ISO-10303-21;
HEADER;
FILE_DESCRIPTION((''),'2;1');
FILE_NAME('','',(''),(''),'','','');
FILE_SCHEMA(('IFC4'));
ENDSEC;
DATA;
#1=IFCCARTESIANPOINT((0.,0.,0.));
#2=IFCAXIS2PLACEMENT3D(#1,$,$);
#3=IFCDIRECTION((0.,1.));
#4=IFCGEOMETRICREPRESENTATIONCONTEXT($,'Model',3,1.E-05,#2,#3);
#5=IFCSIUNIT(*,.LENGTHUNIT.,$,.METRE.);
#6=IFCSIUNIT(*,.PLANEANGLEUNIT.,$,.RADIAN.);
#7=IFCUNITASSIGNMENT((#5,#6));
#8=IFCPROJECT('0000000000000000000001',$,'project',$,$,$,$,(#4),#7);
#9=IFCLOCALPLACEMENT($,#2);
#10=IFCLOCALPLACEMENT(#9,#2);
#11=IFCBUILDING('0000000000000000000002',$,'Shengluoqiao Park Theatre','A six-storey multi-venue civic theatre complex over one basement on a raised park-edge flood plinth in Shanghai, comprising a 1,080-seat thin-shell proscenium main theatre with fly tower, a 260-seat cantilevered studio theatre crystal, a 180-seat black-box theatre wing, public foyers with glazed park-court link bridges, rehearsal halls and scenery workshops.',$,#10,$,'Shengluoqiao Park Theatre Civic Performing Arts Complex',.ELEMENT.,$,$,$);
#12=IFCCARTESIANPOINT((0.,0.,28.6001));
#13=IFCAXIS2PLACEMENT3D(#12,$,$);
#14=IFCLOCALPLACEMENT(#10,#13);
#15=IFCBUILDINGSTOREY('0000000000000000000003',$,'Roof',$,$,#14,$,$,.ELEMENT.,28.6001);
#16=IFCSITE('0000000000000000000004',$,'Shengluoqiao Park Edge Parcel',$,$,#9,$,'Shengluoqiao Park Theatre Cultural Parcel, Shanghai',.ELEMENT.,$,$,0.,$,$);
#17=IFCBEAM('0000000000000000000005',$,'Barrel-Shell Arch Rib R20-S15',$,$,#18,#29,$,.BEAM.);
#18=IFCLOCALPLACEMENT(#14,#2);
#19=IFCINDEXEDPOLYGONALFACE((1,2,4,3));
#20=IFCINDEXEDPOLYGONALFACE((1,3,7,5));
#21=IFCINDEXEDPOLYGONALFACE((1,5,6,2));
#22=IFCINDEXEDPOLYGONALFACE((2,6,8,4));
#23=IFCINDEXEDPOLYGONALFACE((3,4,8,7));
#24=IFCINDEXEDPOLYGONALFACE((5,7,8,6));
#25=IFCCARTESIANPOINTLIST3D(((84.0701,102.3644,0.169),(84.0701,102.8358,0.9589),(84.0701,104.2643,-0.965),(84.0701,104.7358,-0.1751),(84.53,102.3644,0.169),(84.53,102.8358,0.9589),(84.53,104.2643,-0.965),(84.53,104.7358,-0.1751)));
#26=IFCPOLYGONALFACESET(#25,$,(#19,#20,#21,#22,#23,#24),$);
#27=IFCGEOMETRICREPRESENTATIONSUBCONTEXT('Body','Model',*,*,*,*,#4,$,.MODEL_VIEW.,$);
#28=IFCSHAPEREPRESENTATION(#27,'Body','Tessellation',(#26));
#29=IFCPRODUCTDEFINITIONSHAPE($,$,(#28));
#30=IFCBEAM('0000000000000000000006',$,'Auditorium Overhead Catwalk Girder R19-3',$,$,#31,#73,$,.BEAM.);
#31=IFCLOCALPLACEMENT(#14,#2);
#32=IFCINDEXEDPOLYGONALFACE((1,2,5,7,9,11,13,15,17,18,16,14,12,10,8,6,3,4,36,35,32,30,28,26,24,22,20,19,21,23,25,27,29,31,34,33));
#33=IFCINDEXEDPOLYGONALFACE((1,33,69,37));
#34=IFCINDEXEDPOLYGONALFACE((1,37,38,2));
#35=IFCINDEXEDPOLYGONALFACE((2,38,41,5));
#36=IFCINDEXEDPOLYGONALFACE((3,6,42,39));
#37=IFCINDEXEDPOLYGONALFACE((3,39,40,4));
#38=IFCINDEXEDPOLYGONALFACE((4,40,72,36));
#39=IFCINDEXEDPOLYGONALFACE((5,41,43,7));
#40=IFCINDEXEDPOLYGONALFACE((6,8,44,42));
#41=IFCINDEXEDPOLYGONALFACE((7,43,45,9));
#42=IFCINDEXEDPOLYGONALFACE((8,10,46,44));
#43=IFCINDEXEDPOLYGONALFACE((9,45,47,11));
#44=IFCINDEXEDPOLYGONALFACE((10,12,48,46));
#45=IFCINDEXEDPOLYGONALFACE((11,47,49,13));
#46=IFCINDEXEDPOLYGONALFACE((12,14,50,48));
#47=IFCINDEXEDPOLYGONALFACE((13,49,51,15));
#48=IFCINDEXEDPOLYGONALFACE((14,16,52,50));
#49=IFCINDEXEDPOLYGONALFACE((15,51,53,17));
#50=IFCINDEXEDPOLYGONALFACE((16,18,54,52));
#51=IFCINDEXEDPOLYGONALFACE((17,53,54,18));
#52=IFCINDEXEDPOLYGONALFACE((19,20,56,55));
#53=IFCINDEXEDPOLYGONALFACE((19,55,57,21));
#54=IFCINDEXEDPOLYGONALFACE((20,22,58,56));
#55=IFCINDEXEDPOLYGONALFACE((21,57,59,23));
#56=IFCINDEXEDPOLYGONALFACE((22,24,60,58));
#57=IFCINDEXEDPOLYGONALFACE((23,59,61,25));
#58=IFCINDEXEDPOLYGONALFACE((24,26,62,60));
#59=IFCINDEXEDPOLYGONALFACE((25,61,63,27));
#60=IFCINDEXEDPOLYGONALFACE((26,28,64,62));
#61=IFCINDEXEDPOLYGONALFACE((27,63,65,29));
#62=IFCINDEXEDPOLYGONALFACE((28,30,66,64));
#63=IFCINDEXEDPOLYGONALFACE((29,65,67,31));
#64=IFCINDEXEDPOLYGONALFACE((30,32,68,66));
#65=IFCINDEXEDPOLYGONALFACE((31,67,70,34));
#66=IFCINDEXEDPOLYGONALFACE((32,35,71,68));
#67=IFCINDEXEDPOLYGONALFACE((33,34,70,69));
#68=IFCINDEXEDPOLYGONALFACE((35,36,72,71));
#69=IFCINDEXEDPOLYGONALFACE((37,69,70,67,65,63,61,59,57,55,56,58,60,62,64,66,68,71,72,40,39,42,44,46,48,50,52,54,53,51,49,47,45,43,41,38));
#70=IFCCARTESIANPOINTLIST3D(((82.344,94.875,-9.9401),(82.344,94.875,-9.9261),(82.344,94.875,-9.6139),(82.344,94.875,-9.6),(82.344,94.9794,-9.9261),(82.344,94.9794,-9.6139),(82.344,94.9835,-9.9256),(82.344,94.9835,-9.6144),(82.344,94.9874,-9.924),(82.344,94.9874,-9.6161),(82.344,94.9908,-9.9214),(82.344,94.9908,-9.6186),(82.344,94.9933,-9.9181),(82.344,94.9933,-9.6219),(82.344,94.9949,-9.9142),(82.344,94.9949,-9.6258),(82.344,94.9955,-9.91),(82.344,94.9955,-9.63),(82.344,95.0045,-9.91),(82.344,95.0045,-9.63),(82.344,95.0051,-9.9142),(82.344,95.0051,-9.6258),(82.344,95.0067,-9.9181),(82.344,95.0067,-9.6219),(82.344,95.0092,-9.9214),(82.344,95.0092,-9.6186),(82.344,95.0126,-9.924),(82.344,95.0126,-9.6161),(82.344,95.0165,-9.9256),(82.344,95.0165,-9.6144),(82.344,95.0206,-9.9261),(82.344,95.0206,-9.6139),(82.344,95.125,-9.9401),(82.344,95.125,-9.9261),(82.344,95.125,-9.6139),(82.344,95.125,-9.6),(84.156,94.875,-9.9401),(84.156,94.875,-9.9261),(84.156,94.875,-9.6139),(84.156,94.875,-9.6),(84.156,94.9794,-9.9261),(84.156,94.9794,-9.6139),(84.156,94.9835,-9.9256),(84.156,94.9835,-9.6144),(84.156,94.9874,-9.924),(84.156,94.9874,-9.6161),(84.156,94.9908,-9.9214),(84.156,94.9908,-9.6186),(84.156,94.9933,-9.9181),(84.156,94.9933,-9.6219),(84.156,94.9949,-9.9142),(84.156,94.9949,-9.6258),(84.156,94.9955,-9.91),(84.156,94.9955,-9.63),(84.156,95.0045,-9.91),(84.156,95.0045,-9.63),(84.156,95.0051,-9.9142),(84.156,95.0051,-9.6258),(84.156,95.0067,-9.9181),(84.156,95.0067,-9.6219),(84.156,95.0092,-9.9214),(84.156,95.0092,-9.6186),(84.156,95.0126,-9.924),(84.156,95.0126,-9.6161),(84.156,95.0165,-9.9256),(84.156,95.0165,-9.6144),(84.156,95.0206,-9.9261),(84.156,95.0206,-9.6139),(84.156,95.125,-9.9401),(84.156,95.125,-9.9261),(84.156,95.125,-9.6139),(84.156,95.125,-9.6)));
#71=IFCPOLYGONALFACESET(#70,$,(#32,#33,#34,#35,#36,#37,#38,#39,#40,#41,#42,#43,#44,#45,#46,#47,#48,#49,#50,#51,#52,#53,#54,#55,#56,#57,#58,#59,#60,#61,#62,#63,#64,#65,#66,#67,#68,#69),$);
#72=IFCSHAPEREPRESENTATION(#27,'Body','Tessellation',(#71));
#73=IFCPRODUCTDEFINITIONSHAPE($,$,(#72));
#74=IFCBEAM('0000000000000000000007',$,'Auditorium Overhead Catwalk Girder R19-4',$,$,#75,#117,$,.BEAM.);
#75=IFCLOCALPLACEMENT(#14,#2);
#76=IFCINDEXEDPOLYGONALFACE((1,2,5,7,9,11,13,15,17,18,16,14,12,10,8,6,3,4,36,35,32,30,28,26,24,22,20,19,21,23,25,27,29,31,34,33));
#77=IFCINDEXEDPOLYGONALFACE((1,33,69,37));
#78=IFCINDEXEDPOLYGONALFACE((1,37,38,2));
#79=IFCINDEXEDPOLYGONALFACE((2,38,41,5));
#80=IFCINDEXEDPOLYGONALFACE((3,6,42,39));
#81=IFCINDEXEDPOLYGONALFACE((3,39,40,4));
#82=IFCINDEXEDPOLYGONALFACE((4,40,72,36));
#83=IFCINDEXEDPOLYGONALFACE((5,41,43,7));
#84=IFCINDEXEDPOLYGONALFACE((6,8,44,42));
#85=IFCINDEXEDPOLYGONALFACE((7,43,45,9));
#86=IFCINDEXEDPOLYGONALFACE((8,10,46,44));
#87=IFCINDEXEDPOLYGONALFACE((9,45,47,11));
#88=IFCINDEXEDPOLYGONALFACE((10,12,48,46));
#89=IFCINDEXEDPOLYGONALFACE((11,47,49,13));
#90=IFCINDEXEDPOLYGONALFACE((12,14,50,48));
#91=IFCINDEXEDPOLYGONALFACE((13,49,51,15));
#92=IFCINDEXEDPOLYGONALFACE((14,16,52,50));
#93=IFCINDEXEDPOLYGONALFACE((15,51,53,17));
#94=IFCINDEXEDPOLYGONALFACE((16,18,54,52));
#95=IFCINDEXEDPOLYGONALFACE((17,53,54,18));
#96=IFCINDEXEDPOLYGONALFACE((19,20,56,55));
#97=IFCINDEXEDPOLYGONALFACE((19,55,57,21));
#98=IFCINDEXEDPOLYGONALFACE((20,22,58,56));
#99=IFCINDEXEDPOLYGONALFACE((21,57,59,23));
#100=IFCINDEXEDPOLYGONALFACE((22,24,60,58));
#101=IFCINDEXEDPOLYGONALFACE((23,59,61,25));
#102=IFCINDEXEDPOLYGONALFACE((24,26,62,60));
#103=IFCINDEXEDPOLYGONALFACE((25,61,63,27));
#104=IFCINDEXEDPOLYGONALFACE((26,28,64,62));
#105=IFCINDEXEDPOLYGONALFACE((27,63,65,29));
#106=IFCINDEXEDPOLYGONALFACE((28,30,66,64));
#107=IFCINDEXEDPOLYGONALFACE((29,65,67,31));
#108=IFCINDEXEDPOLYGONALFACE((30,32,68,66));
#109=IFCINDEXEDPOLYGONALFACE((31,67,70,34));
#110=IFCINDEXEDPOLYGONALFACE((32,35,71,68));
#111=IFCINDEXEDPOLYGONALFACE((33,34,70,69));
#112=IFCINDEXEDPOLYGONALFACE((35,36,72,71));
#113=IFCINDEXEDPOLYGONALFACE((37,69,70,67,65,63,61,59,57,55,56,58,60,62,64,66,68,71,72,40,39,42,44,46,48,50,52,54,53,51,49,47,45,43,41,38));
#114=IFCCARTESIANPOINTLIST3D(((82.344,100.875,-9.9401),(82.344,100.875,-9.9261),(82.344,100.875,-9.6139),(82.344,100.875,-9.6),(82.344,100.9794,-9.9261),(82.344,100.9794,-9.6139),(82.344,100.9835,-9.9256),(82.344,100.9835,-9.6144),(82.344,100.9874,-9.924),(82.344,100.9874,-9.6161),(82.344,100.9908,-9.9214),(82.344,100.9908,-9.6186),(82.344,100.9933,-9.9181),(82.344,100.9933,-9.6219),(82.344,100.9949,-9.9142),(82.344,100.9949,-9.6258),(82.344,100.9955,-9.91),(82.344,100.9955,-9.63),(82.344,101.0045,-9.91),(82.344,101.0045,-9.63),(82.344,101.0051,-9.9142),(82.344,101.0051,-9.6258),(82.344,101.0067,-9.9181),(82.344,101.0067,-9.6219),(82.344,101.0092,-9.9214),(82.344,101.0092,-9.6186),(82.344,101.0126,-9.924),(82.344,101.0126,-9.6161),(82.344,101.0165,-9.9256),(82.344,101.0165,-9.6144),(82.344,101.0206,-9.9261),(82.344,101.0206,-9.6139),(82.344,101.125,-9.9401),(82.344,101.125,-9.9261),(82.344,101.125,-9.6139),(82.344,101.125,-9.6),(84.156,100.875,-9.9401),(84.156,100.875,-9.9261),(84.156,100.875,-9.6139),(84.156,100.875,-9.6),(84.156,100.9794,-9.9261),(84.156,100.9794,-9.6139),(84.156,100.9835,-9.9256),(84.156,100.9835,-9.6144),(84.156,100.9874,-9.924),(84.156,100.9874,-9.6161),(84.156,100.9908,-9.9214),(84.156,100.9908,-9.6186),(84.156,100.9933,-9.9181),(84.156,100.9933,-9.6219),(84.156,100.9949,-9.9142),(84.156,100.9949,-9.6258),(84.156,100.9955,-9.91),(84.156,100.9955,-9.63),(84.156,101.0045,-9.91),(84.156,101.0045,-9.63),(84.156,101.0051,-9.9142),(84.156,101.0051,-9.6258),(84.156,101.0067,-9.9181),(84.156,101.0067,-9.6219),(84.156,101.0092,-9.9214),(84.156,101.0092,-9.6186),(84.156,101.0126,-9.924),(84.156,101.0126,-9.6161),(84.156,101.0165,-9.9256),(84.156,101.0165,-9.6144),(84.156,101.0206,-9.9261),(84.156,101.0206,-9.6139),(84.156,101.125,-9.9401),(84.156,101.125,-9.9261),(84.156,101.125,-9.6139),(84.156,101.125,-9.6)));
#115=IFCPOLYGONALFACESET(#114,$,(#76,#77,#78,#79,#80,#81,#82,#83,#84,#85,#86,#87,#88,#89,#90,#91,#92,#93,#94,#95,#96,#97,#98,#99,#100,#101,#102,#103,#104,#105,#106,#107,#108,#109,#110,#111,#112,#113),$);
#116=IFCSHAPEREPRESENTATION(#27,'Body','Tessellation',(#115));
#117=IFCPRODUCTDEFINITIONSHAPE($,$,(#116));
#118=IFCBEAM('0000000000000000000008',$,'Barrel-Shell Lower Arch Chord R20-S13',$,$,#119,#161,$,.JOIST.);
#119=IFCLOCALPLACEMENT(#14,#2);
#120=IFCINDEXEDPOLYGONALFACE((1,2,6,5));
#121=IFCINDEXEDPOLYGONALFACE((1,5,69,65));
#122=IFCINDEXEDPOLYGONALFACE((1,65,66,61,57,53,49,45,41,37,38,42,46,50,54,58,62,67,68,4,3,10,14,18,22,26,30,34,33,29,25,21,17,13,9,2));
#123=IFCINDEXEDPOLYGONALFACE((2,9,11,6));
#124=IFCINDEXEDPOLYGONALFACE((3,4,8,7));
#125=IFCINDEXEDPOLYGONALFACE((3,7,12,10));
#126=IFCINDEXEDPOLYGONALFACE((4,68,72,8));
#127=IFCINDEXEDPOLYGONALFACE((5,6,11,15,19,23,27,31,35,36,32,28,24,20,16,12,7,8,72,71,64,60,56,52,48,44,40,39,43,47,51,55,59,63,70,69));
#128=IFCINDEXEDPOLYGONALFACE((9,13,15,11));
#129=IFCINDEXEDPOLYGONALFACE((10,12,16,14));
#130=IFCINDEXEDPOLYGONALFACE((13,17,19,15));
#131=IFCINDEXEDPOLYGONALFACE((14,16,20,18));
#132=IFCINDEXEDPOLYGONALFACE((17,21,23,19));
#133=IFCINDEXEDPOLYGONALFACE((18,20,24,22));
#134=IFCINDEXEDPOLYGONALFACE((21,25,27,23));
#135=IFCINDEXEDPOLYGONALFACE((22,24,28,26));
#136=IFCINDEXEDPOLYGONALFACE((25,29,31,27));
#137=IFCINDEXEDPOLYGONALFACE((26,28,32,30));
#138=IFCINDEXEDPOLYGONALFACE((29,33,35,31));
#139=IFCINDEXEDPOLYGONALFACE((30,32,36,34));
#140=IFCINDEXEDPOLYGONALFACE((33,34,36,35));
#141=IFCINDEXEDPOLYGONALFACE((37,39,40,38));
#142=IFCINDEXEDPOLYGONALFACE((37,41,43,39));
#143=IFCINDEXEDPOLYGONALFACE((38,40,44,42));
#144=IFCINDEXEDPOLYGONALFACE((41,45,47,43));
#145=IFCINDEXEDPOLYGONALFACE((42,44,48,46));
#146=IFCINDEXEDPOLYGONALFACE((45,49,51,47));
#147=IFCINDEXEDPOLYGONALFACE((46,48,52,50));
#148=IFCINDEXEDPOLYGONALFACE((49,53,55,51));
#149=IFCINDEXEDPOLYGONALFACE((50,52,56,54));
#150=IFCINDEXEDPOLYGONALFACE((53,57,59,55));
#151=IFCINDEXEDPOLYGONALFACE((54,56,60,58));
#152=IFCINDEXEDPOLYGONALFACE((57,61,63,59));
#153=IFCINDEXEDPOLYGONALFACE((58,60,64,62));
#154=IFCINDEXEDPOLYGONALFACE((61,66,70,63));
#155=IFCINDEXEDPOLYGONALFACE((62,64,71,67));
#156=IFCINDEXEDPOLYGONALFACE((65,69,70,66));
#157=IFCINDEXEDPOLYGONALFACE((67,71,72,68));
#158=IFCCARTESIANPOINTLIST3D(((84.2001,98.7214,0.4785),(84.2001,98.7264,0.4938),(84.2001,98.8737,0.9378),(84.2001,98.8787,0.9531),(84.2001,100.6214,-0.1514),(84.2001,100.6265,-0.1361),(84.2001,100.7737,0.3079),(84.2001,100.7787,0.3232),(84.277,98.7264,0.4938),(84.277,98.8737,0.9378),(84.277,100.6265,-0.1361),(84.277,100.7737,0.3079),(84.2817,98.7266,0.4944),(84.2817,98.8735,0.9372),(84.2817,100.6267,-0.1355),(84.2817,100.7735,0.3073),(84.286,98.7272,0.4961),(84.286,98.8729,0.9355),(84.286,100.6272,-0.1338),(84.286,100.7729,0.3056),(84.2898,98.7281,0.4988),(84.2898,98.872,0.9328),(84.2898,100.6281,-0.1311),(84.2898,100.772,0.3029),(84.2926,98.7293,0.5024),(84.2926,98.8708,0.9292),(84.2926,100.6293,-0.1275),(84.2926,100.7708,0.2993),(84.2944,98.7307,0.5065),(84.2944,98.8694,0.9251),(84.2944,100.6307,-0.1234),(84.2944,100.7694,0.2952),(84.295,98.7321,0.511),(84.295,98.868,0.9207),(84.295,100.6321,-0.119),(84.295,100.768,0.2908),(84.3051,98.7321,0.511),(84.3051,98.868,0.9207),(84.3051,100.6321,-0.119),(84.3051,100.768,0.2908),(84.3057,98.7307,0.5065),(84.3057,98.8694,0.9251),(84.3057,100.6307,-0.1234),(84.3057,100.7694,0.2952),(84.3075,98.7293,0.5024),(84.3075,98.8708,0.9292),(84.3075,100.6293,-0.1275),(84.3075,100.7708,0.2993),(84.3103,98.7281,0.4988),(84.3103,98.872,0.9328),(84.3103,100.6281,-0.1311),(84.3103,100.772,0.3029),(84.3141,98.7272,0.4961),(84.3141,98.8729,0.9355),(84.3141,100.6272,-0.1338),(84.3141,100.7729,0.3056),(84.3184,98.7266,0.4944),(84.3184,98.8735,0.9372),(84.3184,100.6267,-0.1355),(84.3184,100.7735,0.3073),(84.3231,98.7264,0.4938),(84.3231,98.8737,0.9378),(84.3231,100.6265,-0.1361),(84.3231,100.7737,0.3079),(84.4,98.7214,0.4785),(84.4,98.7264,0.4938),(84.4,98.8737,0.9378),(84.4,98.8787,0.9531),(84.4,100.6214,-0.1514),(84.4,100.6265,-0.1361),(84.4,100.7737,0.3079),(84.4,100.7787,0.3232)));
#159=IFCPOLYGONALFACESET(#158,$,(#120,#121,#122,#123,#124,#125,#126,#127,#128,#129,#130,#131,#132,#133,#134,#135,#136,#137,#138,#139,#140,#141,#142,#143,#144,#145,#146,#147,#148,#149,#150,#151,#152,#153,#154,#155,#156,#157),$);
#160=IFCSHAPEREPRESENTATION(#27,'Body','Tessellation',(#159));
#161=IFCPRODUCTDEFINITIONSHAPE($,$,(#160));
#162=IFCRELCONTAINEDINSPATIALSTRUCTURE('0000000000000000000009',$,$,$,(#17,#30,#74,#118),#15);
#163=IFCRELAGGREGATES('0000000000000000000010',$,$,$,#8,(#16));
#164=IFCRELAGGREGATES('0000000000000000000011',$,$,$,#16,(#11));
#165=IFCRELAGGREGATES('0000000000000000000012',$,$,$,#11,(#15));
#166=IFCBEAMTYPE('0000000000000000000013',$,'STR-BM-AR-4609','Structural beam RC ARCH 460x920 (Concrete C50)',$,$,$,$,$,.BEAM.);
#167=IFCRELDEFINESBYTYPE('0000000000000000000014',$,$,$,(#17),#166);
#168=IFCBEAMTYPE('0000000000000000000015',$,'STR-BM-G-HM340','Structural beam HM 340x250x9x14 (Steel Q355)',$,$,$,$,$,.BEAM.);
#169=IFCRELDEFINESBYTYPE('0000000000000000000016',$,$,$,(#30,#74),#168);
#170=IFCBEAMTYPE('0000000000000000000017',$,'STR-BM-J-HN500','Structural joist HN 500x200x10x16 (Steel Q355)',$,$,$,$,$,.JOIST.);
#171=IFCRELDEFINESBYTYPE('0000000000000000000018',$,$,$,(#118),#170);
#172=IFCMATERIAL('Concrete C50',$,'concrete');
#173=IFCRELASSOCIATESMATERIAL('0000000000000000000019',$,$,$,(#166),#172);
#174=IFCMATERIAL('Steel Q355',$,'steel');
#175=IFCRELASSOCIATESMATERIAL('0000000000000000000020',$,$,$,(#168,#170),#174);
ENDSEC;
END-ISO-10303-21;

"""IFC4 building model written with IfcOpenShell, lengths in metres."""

from ifc_helpers import new_model, si_unit, direction, frame, origin, origin_2d, place, context, subcontext, project, spatial, rectangle, i_section, extrude, material, material_profile, profile_set, type_object, element, save


model = new_model("IFC4")

# Units and contexts
model_context = context("Model", 3, precision=1e-05, world=origin(), true_north=direction((0.0, 1.0)))
body_context = subcontext(model_context, "Body", "Model", "MODEL_VIEW")
ifc_project = project(units=[si_unit("LENGTHUNIT", "METRE"), si_unit("PLANEANGLEUNIT", "RADIAN")], contexts=[model_context])

# Site, building, storey
site_placement = place(None, origin())
site = spatial("IfcSite", under=ifc_project, at=site_placement, Name="Shengluoqiao Park Edge Parcel", LongName="Shengluoqiao Park Theatre Cultural Parcel, Shanghai", CompositionType="ELEMENT", RefElevation=0.0)
building_placement = place(site_placement, origin())
building = spatial("IfcBuilding", under=site, at=building_placement, Name="Shengluoqiao Park Theatre", Description="A six-storey multi-venue civic theatre complex over one basement on a raised park-edge flood plinth in Shanghai, comprising a 1,080-seat thin-shell proscenium main theatre with fly tower, a 260-seat cantilevered studio theatre crystal, a 180-seat black-box theatre wing, public foyers with glazed park-court link bridges, rehearsal halls and scenery workshops.", LongName="Shengluoqiao Park Theatre Civic Performing Arts Complex", CompositionType="ELEMENT")
storey_placement = place(building_placement, frame((0.0, 0.0, 28.6001)))
storey = spatial("IfcBuildingStorey", under=building, at=storey_placement, Name="Roof", CompositionType="ELEMENT", Elevation=28.6001)

# Beams
ifc_material_1 = material(Name="Concrete C50", Category="concrete")
ifc_material_profile_1 = material_profile(ifc_material_1, rectangle(XDim=0.46, YDim=0.9199, at=origin_2d()), Name="RC ARCH 460x920")
ifc_profile_set_1 = profile_set([ifc_material_profile_1], Name="Concrete C50")
beam_type_1 = type_object("IfcBeamType", Name="STR-BM-AR-4609", Description="Structural beam RC ARCH 460x920 (Concrete C50)", PredefinedType="BEAM", material=ifc_profile_set_1)
beam_1_placement = place(storey_placement, frame((84.3, 102.6001, 0.564), z_axis=(0.0, 0.858669, -0.512531), x_axis=(-1.0, 0.0, 0.0)))
element("IfcBeam", 1, at=beam_1_placement, inside=storey, type_object=beam_type_1, Name="Barrel-Shell Arch Rib R20-S15", PredefinedType="BEAM", context=body_context, shape_type="SweptSolid", body=[
    extrude(rectangle(XDim=0.46, YDim=0.9199, at=origin_2d()), origin(), (0.0, 0.0, 1.0), 2.2126),
])
ifc_material_2 = material(Name="Steel Q355", Category="steel")
ifc_material_profile_2 = material_profile(ifc_material_2, i_section(OverallWidth=0.25, OverallDepth=0.3401, WebThickness=0.009, FlangeThickness=0.0139, FilletRadius=0.0161, at=origin_2d()), Name="HM 340x250x9x14")
ifc_profile_set_2 = profile_set([ifc_material_profile_2], Name="Steel Q355")
beam_type_2 = type_object("IfcBeamType", Name="STR-BM-G-HM340", Description="Structural beam HM 340x250x9x14 (Steel Q355)", PredefinedType="BEAM", material=ifc_profile_set_2)
for number, where, z_axis, x_axis, name in (
    (2, (82.344, 95.0, -9.77), (1.0, 0.0, 0.0), (0.0, 1.0, 0.0), "Auditorium Overhead Catwalk Girder R19-3"),
    (3, (82.344, 101.0, -9.77), (1.0, 0.0, 0.0), (0.0, 1.0, 0.0), "Auditorium Overhead Catwalk Girder R19-4"),
):
    element("IfcBeam", number, at=place(storey_placement, frame(where, z_axis=z_axis, x_axis=x_axis)), inside=storey, type_object=beam_type_2, Name=name, PredefinedType="BEAM", context=body_context, shape_type="SweptSolid", body=[
        extrude(i_section(OverallWidth=0.25, OverallDepth=0.3401, WebThickness=0.009, FlangeThickness=0.0139, FilletRadius=0.0161, at=origin_2d()), origin(), (0.0, 0.0, 1.0), 1.812),
    ])
ifc_material_profile_3 = material_profile(ifc_material_2, i_section(OverallWidth=0.2, OverallDepth=0.5, WebThickness=0.01, FlangeThickness=0.0161, FilletRadius=0.0181, at=origin_2d()), Name="HN 500x200x10x16")
ifc_profile_set_3 = profile_set([ifc_material_profile_3], Name="Steel Q355")
beam_type_3 = type_object("IfcBeamType", Name="STR-BM-J-HN500", Description="Structural joist HN 500x200x10x16 (Steel Q355)", PredefinedType="JOIST", material=ifc_profile_set_3)
beam_2_placement = place(storey_placement, frame((84.3, 98.8, 0.7158), z_axis=(0.0, 0.949194, -0.31469), x_axis=(-1.0, 0.0, 0.0)))
element("IfcBeam", 4, at=beam_2_placement, inside=storey, type_object=beam_type_3, Name="Barrel-Shell Lower Arch Chord R20-S13", PredefinedType="JOIST", context=body_context, shape_type="SweptSolid", body=[
    extrude(i_section(OverallWidth=0.2, OverallDepth=0.5, WebThickness=0.01, FlangeThickness=0.0161, FilletRadius=0.0181, at=origin_2d()), origin(), (0.0, 0.0, 1.0), 2.0017),
])

save(model, "model.ifc")
